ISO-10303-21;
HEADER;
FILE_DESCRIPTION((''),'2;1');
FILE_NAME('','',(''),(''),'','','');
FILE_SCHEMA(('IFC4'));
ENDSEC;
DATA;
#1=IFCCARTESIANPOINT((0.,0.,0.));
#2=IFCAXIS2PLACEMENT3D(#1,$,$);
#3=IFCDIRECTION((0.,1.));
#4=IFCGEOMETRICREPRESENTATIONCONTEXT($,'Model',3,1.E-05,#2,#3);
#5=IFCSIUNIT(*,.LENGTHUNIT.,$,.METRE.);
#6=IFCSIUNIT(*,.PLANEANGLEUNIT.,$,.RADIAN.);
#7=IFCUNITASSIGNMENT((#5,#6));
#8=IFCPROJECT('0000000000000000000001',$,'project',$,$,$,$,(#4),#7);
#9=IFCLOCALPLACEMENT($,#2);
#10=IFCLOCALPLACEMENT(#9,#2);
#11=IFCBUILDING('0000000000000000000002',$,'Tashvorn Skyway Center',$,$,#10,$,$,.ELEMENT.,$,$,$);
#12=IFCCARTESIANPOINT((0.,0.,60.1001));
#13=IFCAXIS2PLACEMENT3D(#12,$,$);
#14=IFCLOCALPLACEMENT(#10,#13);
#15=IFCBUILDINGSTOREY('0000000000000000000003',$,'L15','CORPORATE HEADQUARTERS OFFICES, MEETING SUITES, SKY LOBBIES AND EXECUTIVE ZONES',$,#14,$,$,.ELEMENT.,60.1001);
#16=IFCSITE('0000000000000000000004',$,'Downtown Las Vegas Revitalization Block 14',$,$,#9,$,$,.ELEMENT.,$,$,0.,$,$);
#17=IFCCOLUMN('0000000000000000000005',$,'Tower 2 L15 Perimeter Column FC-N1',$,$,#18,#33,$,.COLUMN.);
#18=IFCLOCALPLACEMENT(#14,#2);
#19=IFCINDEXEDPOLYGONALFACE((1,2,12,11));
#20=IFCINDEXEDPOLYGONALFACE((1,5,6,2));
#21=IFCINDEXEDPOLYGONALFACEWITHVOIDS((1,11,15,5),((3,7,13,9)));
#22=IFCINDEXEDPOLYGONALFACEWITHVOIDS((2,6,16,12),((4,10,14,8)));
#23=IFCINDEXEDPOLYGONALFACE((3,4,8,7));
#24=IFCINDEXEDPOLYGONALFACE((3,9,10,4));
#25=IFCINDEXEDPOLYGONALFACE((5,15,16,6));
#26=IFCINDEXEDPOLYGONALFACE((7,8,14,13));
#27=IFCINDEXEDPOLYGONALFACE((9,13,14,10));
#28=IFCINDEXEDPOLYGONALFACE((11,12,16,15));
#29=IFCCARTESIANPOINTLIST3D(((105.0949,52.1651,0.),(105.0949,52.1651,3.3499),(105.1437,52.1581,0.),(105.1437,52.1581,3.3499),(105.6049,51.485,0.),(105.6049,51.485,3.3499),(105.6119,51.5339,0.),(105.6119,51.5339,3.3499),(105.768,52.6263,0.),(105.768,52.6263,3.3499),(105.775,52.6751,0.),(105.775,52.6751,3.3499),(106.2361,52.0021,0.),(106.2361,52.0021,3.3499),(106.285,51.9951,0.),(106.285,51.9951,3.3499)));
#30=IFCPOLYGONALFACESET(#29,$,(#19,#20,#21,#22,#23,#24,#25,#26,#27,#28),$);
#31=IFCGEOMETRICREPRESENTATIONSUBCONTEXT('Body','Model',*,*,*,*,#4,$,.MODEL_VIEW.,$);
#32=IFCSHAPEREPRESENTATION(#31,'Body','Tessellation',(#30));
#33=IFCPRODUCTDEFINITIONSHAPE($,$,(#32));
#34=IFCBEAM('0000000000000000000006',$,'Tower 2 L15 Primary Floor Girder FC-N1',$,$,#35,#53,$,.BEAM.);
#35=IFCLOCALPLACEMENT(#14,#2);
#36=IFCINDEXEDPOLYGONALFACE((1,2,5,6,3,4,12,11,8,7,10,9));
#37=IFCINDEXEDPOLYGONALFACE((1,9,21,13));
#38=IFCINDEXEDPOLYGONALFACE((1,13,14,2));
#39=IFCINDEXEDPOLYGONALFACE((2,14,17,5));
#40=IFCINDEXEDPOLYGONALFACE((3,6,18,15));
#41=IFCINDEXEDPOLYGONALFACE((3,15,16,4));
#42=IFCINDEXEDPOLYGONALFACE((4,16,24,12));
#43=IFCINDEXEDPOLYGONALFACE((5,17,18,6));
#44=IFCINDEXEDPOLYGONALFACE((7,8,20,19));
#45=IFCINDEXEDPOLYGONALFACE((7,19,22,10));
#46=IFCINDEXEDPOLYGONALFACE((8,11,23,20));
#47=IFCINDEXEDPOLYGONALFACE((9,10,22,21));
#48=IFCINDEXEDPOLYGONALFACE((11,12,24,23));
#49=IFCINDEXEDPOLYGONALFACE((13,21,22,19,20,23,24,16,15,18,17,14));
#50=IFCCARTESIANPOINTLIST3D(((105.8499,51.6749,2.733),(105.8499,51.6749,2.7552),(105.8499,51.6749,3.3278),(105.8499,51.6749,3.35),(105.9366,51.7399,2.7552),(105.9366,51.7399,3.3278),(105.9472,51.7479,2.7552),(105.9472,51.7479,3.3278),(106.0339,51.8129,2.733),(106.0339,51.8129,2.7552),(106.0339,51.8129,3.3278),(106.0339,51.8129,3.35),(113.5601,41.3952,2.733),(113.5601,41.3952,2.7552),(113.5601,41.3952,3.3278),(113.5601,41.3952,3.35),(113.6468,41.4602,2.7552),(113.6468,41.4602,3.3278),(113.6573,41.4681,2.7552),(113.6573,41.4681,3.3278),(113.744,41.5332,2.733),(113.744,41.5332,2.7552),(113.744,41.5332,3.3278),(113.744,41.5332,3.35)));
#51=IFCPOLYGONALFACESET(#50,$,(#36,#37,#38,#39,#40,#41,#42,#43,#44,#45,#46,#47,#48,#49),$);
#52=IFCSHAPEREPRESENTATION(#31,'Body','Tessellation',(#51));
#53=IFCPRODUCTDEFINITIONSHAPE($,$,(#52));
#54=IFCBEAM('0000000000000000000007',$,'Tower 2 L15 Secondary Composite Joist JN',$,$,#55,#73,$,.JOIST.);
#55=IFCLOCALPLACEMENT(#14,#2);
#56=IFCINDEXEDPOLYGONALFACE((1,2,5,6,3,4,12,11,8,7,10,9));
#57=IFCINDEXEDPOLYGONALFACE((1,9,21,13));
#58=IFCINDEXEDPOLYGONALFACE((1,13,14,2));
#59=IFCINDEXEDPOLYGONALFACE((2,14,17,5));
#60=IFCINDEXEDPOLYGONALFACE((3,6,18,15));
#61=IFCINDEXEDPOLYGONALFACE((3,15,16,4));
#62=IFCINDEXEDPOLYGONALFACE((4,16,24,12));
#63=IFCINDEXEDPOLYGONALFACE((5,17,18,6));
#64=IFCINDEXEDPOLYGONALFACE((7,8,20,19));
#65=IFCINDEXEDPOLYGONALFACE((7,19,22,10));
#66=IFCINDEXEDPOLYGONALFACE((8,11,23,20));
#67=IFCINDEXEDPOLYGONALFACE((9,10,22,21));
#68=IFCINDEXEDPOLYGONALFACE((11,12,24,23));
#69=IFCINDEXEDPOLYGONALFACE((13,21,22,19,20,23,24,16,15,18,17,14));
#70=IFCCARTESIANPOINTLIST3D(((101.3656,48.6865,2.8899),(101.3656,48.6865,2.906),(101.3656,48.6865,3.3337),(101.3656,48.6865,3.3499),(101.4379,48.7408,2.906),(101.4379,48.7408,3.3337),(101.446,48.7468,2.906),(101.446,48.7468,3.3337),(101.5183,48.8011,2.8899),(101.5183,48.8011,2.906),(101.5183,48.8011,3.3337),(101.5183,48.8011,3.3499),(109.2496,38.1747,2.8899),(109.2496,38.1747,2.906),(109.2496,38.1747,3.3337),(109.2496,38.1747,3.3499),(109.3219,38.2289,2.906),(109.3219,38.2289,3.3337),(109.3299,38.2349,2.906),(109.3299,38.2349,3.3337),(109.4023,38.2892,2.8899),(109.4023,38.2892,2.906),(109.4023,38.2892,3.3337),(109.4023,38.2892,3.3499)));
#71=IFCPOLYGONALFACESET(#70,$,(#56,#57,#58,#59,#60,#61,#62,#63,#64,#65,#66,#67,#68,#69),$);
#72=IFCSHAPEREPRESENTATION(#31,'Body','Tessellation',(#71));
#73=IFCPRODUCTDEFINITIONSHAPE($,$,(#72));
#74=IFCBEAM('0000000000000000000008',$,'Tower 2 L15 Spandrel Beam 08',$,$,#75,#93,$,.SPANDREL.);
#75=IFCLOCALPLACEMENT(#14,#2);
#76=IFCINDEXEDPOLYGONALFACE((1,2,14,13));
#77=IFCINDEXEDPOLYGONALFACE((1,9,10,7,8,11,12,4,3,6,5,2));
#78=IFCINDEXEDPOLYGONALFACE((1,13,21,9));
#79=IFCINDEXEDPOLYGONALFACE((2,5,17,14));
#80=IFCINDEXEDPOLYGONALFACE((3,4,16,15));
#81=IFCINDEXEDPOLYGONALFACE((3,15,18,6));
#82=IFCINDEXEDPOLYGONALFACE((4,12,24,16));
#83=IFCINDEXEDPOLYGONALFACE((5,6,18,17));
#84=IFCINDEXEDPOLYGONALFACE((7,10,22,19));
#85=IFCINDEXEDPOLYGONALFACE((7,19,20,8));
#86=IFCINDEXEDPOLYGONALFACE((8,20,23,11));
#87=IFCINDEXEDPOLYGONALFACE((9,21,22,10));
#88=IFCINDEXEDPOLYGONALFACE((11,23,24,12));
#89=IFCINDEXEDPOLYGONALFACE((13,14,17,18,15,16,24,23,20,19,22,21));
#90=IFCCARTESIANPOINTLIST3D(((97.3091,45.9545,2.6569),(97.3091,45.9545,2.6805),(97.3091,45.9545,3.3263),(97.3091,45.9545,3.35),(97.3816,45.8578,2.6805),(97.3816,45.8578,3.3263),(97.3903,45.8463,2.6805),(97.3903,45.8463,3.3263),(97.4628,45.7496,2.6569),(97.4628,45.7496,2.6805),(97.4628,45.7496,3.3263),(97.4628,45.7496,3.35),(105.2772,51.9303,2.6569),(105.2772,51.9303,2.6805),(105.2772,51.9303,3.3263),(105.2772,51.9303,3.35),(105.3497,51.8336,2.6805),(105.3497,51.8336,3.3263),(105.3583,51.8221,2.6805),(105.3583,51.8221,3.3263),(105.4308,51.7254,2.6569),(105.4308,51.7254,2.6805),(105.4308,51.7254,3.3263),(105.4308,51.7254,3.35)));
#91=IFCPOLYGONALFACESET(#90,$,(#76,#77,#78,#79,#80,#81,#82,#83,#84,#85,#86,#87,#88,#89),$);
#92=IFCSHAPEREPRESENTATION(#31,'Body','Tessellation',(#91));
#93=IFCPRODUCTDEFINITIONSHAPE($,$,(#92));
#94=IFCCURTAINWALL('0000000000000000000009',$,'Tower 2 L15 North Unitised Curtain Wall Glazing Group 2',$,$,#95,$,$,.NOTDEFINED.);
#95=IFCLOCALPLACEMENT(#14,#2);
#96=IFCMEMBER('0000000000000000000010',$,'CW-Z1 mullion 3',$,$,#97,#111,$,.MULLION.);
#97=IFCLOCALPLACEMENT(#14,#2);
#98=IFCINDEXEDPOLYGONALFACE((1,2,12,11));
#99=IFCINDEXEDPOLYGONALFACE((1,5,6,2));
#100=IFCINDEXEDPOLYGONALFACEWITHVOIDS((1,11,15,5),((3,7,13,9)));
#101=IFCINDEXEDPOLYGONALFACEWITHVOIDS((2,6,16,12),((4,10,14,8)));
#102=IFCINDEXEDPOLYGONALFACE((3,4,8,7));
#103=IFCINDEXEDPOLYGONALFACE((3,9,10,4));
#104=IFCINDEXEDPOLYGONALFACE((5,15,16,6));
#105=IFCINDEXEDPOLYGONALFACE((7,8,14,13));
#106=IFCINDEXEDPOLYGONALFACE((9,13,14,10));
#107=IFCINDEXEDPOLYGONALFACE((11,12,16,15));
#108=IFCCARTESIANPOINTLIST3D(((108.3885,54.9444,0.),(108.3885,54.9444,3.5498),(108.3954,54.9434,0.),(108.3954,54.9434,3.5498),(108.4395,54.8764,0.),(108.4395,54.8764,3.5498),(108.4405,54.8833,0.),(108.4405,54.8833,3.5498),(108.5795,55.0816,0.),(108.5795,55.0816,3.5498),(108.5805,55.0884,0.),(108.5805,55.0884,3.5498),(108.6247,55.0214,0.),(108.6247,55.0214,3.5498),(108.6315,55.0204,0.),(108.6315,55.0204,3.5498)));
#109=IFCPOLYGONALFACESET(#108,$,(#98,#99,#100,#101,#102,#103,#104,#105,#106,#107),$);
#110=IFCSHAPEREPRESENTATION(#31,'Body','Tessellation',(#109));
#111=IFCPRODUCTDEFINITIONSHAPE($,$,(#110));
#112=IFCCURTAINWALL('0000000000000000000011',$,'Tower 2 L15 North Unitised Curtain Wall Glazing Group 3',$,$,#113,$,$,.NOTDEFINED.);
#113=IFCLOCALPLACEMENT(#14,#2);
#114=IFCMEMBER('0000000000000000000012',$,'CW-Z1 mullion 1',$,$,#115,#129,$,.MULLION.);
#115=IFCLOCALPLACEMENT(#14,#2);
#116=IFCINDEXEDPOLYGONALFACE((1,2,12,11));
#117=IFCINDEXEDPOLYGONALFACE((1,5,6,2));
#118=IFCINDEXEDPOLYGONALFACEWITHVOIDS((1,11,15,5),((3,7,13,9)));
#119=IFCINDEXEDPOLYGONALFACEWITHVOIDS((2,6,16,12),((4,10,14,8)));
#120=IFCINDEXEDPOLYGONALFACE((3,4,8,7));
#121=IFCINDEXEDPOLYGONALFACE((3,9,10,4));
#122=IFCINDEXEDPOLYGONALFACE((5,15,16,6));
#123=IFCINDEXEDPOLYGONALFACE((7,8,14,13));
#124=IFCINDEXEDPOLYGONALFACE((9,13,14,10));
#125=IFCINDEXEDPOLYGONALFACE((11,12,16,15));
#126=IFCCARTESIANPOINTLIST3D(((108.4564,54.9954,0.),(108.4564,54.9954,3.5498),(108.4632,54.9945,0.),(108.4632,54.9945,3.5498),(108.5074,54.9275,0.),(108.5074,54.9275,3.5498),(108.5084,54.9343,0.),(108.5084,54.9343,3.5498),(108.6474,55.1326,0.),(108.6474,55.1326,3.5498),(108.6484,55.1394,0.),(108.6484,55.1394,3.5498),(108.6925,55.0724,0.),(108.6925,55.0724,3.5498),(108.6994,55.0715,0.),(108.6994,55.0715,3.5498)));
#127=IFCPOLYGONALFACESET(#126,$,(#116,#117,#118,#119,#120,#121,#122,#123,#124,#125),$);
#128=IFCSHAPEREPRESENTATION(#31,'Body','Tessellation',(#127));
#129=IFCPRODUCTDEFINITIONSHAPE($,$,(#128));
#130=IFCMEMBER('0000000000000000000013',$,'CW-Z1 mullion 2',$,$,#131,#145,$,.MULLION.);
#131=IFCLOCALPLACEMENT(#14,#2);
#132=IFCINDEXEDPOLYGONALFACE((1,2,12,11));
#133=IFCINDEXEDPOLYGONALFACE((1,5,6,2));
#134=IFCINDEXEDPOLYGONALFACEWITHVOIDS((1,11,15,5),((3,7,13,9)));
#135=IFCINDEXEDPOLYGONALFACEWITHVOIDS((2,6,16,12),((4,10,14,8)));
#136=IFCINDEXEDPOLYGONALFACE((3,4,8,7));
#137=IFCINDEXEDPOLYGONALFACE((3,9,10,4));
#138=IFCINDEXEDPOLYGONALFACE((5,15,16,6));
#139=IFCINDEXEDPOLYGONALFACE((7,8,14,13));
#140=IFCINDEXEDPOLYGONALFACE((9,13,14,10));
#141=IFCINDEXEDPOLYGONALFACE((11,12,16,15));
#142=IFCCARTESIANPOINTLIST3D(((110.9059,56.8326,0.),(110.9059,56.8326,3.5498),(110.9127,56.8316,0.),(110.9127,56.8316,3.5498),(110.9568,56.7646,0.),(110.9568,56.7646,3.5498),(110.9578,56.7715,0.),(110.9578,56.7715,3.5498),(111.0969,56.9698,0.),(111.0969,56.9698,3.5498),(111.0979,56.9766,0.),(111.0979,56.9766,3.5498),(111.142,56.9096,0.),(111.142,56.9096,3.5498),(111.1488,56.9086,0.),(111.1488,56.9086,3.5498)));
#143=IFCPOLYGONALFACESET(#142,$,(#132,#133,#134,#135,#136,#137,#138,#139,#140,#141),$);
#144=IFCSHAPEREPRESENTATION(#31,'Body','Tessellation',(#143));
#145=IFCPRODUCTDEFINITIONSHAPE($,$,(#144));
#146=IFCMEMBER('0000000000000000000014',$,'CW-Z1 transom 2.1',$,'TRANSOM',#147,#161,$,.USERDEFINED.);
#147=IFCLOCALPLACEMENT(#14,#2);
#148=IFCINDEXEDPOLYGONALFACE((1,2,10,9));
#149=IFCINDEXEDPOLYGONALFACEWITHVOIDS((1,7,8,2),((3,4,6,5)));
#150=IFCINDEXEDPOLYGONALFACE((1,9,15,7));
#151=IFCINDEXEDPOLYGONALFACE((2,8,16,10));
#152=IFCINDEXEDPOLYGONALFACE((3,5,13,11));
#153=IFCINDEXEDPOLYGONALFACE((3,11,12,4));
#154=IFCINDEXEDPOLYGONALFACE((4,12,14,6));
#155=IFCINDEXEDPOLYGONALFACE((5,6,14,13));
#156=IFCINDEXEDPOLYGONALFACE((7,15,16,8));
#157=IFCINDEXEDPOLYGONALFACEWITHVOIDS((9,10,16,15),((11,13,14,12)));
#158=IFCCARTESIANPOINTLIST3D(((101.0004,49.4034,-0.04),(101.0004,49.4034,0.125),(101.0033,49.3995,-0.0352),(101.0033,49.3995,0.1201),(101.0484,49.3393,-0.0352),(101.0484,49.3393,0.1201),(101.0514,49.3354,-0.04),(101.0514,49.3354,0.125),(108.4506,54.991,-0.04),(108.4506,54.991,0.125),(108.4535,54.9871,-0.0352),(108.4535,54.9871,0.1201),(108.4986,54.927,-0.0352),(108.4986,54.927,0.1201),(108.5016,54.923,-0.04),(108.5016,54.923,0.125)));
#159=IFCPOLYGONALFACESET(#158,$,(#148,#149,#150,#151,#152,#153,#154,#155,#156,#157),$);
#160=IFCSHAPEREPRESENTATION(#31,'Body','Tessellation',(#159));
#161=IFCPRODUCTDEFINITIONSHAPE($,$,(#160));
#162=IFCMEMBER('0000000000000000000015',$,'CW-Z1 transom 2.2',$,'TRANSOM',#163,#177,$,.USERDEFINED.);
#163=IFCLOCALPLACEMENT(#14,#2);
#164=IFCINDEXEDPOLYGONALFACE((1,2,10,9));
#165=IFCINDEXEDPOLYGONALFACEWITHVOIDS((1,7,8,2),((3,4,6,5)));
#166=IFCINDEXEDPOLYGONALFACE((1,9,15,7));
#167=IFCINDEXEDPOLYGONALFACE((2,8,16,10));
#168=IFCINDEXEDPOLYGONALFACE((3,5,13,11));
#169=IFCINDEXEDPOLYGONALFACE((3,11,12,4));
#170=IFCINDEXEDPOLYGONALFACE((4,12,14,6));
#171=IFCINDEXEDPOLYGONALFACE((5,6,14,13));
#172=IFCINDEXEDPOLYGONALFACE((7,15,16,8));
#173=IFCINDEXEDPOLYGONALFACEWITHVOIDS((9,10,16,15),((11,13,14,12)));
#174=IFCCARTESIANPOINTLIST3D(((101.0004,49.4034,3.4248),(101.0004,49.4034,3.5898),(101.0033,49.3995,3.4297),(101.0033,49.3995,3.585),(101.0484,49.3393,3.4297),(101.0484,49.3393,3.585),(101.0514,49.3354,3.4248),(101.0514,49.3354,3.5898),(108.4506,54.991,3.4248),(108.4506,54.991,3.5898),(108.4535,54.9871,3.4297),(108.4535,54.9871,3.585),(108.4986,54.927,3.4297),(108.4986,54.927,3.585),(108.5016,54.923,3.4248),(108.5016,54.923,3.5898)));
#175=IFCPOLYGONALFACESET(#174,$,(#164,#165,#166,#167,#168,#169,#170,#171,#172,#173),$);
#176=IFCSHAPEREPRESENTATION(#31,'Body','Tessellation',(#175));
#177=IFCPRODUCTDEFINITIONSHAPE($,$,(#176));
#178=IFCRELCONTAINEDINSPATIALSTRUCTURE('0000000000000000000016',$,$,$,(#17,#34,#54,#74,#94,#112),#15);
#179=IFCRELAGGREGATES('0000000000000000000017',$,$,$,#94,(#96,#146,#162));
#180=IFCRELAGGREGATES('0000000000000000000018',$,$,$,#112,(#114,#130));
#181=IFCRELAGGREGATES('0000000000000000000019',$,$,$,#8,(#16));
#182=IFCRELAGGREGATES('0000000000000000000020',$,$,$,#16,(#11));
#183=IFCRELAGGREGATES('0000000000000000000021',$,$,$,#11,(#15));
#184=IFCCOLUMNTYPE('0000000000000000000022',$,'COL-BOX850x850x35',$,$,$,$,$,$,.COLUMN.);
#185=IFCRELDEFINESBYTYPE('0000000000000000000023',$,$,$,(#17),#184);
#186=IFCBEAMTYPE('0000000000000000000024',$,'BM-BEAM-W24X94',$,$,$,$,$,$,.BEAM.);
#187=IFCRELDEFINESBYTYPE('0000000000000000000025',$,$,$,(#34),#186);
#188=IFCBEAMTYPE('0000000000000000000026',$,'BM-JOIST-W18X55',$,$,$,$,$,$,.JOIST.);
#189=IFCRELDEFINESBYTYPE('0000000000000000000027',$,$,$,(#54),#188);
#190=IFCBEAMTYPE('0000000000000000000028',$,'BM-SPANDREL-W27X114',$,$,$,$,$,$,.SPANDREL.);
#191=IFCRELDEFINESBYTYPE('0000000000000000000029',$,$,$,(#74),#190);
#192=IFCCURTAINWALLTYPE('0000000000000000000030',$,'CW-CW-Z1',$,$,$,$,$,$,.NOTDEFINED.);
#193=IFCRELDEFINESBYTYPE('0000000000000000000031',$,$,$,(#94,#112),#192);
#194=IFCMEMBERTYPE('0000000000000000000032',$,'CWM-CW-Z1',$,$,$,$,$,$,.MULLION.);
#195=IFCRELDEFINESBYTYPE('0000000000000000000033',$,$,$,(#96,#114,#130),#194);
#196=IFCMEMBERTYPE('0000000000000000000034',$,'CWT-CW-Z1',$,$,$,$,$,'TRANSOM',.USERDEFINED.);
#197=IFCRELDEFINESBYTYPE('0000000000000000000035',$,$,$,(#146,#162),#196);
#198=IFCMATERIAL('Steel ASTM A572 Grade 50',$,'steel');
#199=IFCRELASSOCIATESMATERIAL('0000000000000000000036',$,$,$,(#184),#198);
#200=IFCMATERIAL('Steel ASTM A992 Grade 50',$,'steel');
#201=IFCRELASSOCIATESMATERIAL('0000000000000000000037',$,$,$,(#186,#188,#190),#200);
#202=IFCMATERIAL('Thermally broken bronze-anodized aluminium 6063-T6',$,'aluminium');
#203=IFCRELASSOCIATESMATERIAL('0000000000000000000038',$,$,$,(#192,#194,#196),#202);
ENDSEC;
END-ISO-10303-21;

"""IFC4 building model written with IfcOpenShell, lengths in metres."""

from ifc_helpers import new_model, si_unit, direction, frame, origin, origin_2d, place, context, subcontext, project, spatial, hollow_rectangle, i_section, extrude, material, material_profile, profile_set, type_object, element, aggregate, save


model = new_model("IFC4")

# Units and contexts
model_context = context("Model", 3, precision=1e-05, world=origin(), true_north=direction((0.0, 1.0)))
body_context = subcontext(model_context, "Body", "Model", "MODEL_VIEW")
ifc_project = project(units=[si_unit("LENGTHUNIT", "METRE"), si_unit("PLANEANGLEUNIT", "RADIAN")], contexts=[model_context])

# Site, building, storey
site_placement = place(None, origin())
site = spatial("IfcSite", under=ifc_project, at=site_placement, Name="Downtown Las Vegas Revitalization Block 14", CompositionType="ELEMENT", RefElevation=0.0)
building_placement = place(site_placement, origin())
building = spatial("IfcBuilding", under=site, at=building_placement, Name="Tashvorn Skyway Center", CompositionType="ELEMENT")
storey_placement = place(building_placement, frame((0.0, 0.0, 60.1001)))
storey = spatial("IfcBuildingStorey", under=building, at=storey_placement, Name="L15", Description="CORPORATE HEADQUARTERS OFFICES, MEETING SUITES, SKY LOBBIES AND EXECUTIVE ZONES", CompositionType="ELEMENT", Elevation=60.1001)

# Column
ifc_material_1 = material(Name="Steel ASTM A572 Grade 50", Category="steel")
ifc_material_profile_1 = material_profile(ifc_material_1, hollow_rectangle(XDim=0.8501, YDim=0.8501, WallThickness=0.0349, at=origin_2d()), Name="BOX850x850x35")
ifc_profile_set_1 = profile_set([ifc_material_profile_1], Name="Steel ASTM A572 Grade 50")
column_type = type_object("IfcColumnType", Name="COL-BOX850x850x35", PredefinedType="COLUMN", material=ifc_profile_set_1)
column_placement = place(storey_placement, frame((105.6899, 52.0801, 0.0), z_axis=(0.0, 0.0, 1.0), x_axis=(0.8, 0.6, 0.0)))
element("IfcColumn", 1, at=column_placement, inside=storey, type_object=column_type, Name="Tower 2 L15 Perimeter Column FC-N1", PredefinedType="COLUMN", context=body_context, shape_type="SweptSolid", body=[
    extrude(hollow_rectangle(XDim=0.8501, YDim=0.8501, WallThickness=0.0349, at=origin_2d()), origin(), (0.0, 0.0, 1.0), 3.3499),
])

# Beams
ifc_material_2 = material(Name="Steel ASTM A992 Grade 50", Category="steel")
ifc_material_profile_2 = material_profile(ifc_material_2, i_section(OverallWidth=0.23, OverallDepth=0.6169, WebThickness=0.0132, FlangeThickness=0.0222, at=origin_2d()), Name="W24X94")
ifc_profile_set_2 = profile_set([ifc_material_profile_2], Name="Steel ASTM A992 Grade 50")
beam_type_1 = type_object("IfcBeamType", Name="BM-BEAM-W24X94", PredefinedType="BEAM", material=ifc_profile_set_2)
beam_1_placement = place(storey_placement, frame((105.9419, 51.7439, 3.0415), z_axis=(0.600018, -0.799986, 0.0), x_axis=(0.799986, 0.600018, 0.0)))
element("IfcBeam", 2, at=beam_1_placement, inside=storey, type_object=beam_type_1, Name="Tower 2 L15 Primary Floor Girder FC-N1", PredefinedType="BEAM", context=body_context, shape_type="SweptSolid", body=[
    extrude(i_section(OverallWidth=0.23, OverallDepth=0.6169, WebThickness=0.0132, FlangeThickness=0.0222, at=origin_2d()), origin(), (0.0, 0.0, 1.0), 12.8499),
])
ifc_material_profile_3 = material_profile(ifc_material_2, i_section(OverallWidth=0.1909, OverallDepth=0.46, WebThickness=0.01, FlangeThickness=0.0161, at=origin_2d()), Name="W18X55")
ifc_profile_set_3 = profile_set([ifc_material_profile_3], Name="Steel ASTM A992 Grade 50")
beam_type_2 = type_object("IfcBeamType", Name="BM-JOIST-W18X55", PredefinedType="JOIST", material=ifc_profile_set_3)
beam_2_placement = place(storey_placement, frame((109.3259, 38.2319, 3.1199), z_axis=(-0.600003, 0.799998, 0.0), x_axis=(-0.799998, -0.600003, 0.0)))
element("IfcBeam", 3, at=beam_2_placement, inside=storey, type_object=beam_type_2, Name="Tower 2 L15 Secondary Composite Joist JN", PredefinedType="JOIST", context=body_context, shape_type="SweptSolid", body=[
    extrude(i_section(OverallWidth=0.1909, OverallDepth=0.46, WebThickness=0.01, FlangeThickness=0.0161, at=origin_2d()), origin(), (0.0, 0.0, 1.0), 13.1399),
])
ifc_material_profile_4 = material_profile(ifc_material_2, i_section(OverallWidth=0.2561, OverallDepth=0.6931, WebThickness=0.0144, FlangeThickness=0.0237, at=origin_2d()), Name="W27X114")
ifc_profile_set_4 = profile_set([ifc_material_profile_4], Name="Steel ASTM A992 Grade 50")
beam_type_3 = type_object("IfcBeamType", Name="BM-SPANDREL-W27X114", PredefinedType="SPANDREL", material=ifc_profile_set_4)
beam_3_placement = place(storey_placement, frame((105.354, 51.8279, 3.0034), z_axis=(-0.800009, -0.599988, 0.0), x_axis=(0.599988, -0.800009, 0.0)))
element("IfcBeam", 4, at=beam_3_placement, inside=storey, type_object=beam_type_3, Name="Tower 2 L15 Spandrel Beam 08", PredefinedType="SPANDREL", context=body_context, shape_type="SweptSolid", body=[
    extrude(i_section(OverallWidth=0.2561, OverallDepth=0.6931, WebThickness=0.0144, FlangeThickness=0.0237, at=origin_2d()), origin(), (0.0, 0.0, 1.0), 9.96),
])

# Curtain wall, member
ifc_material_3 = material(Name="Thermally broken bronze-anodized aluminium 6063-T6", Category="aluminium")
curtain_wall_type = type_object("IfcCurtainWallType", Name="CW-CW-Z1", PredefinedType="NOTDEFINED", material=ifc_material_3)
curtain_wall_1_placement = place(storey_placement, origin())
curtain_wall_1 = element("IfcCurtainWall", 5, at=curtain_wall_1_placement, inside=storey, type_object=curtain_wall_type, Name="Tower 2 L15 North Unitised Curtain Wall Glazing Group 2", PredefinedType="NOTDEFINED")
ifc_material_profile_5 = material_profile(ifc_material_3, hollow_rectangle(XDim=0.085, YDim=0.24, WallThickness=0.0049, at=origin_2d()), Name="ALU-MULL-85x240")
ifc_profile_set_5 = profile_set([ifc_material_profile_5], Name="Thermally broken bronze-anodized aluminium 6063-T6")
member_type_1 = type_object("IfcMemberType", Name="CWM-CW-Z1", PredefinedType="MULLION", material=ifc_profile_set_5)
member_1_placement = place(storey_placement, frame((108.51, 54.9824, 0.0), z_axis=(0.0, 0.0, 1.0), x_axis=(-0.6, 0.8, 0.0)))
member_1 = element("IfcMember", 6, at=member_1_placement, type_object=member_type_1, Name="CW-Z1 mullion 3", PredefinedType="MULLION", context=body_context, shape_type="SweptSolid", body=[
    extrude(hollow_rectangle(XDim=0.085, YDim=0.24, WallThickness=0.0049, at=origin_2d()), origin(), (0.0, 0.0, 1.0), 3.5498),
])

# Curtain wall, members
curtain_wall_2_placement = place(storey_placement, origin())
curtain_wall_2 = element("IfcCurtainWall", 7, at=curtain_wall_2_placement, inside=storey, type_object=curtain_wall_type, Name="Tower 2 L15 North Unitised Curtain Wall Glazing Group 3", PredefinedType="NOTDEFINED")
member_2_placement = place(storey_placement, frame((108.5779, 55.0334, 0.0), z_axis=(0.0, 0.0, 1.0), x_axis=(-0.600005, 0.799996, 0.0)))
member_2 = element("IfcMember", 8, at=member_2_placement, type_object=member_type_1, Name="CW-Z1 mullion 1", PredefinedType="MULLION", context=body_context, shape_type="SweptSolid", body=[
    extrude(hollow_rectangle(XDim=0.085, YDim=0.24, WallThickness=0.0049, at=origin_2d()), origin(), (0.0, 0.0, 1.0), 3.5498),
])
member_3_placement = place(storey_placement, frame((111.0273, 56.8706, 0.0), z_axis=(0.0, 0.0, 1.0), x_axis=(-0.600005, 0.799996, 0.0)))
member_3 = element("IfcMember", 9, at=member_3_placement, type_object=member_type_1, Name="CW-Z1 mullion 2", PredefinedType="MULLION", context=body_context, shape_type="SweptSolid", body=[
    extrude(hollow_rectangle(XDim=0.085, YDim=0.24, WallThickness=0.0049, at=origin_2d()), origin(), (0.0, 0.0, 1.0), 3.5498),
])

# Members
ifc_material_profile_6 = material_profile(ifc_material_3, hollow_rectangle(XDim=0.085, YDim=0.165, WallThickness=0.0049, at=origin_2d()), Name="ALU-TRAN-85x165")
ifc_profile_set_6 = profile_set([ifc_material_profile_6], Name="Thermally broken bronze-anodized aluminium 6063-T6")
member_type_2 = type_object("IfcMemberType", Name="CWT-CW-Z1", ElementType="TRANSOM", PredefinedType="USERDEFINED", material=ifc_profile_set_6)
member_4_placement = place(storey_placement, frame((101.0259, 49.3694, 0.0425), z_axis=(0.8, 0.6, 0.0), x_axis=(-0.6, 0.8, 0.0)))
member_4 = element("IfcMember", 10, at=member_4_placement, type_object=member_type_2, Name="CW-Z1 transom 2.1", ObjectType="TRANSOM", PredefinedType="USERDEFINED", context=body_context, shape_type="SweptSolid", body=[
    extrude(hollow_rectangle(XDim=0.085, YDim=0.165, WallThickness=0.0049, at=origin_2d()), origin(), (0.0, 0.0, 1.0), 9.3127),
])
member_5_placement = place(storey_placement, frame((101.0259, 49.3694, 3.5073), z_axis=(0.8, 0.6, 0.0), x_axis=(-0.6, 0.8, 0.0)))
member_5 = element("IfcMember", 11, at=member_5_placement, type_object=member_type_2, Name="CW-Z1 transom 2.2", ObjectType="TRANSOM", PredefinedType="USERDEFINED", context=body_context, shape_type="SweptSolid", body=[
    extrude(hollow_rectangle(XDim=0.085, YDim=0.165, WallThickness=0.0049, at=origin_2d()), origin(), (0.0, 0.0, 1.0), 9.3127),
])

aggregate(curtain_wall_1, [member_1, member_4, member_5])
aggregate(curtain_wall_2, [member_2, member_3])

save(model, "model.ifc")
